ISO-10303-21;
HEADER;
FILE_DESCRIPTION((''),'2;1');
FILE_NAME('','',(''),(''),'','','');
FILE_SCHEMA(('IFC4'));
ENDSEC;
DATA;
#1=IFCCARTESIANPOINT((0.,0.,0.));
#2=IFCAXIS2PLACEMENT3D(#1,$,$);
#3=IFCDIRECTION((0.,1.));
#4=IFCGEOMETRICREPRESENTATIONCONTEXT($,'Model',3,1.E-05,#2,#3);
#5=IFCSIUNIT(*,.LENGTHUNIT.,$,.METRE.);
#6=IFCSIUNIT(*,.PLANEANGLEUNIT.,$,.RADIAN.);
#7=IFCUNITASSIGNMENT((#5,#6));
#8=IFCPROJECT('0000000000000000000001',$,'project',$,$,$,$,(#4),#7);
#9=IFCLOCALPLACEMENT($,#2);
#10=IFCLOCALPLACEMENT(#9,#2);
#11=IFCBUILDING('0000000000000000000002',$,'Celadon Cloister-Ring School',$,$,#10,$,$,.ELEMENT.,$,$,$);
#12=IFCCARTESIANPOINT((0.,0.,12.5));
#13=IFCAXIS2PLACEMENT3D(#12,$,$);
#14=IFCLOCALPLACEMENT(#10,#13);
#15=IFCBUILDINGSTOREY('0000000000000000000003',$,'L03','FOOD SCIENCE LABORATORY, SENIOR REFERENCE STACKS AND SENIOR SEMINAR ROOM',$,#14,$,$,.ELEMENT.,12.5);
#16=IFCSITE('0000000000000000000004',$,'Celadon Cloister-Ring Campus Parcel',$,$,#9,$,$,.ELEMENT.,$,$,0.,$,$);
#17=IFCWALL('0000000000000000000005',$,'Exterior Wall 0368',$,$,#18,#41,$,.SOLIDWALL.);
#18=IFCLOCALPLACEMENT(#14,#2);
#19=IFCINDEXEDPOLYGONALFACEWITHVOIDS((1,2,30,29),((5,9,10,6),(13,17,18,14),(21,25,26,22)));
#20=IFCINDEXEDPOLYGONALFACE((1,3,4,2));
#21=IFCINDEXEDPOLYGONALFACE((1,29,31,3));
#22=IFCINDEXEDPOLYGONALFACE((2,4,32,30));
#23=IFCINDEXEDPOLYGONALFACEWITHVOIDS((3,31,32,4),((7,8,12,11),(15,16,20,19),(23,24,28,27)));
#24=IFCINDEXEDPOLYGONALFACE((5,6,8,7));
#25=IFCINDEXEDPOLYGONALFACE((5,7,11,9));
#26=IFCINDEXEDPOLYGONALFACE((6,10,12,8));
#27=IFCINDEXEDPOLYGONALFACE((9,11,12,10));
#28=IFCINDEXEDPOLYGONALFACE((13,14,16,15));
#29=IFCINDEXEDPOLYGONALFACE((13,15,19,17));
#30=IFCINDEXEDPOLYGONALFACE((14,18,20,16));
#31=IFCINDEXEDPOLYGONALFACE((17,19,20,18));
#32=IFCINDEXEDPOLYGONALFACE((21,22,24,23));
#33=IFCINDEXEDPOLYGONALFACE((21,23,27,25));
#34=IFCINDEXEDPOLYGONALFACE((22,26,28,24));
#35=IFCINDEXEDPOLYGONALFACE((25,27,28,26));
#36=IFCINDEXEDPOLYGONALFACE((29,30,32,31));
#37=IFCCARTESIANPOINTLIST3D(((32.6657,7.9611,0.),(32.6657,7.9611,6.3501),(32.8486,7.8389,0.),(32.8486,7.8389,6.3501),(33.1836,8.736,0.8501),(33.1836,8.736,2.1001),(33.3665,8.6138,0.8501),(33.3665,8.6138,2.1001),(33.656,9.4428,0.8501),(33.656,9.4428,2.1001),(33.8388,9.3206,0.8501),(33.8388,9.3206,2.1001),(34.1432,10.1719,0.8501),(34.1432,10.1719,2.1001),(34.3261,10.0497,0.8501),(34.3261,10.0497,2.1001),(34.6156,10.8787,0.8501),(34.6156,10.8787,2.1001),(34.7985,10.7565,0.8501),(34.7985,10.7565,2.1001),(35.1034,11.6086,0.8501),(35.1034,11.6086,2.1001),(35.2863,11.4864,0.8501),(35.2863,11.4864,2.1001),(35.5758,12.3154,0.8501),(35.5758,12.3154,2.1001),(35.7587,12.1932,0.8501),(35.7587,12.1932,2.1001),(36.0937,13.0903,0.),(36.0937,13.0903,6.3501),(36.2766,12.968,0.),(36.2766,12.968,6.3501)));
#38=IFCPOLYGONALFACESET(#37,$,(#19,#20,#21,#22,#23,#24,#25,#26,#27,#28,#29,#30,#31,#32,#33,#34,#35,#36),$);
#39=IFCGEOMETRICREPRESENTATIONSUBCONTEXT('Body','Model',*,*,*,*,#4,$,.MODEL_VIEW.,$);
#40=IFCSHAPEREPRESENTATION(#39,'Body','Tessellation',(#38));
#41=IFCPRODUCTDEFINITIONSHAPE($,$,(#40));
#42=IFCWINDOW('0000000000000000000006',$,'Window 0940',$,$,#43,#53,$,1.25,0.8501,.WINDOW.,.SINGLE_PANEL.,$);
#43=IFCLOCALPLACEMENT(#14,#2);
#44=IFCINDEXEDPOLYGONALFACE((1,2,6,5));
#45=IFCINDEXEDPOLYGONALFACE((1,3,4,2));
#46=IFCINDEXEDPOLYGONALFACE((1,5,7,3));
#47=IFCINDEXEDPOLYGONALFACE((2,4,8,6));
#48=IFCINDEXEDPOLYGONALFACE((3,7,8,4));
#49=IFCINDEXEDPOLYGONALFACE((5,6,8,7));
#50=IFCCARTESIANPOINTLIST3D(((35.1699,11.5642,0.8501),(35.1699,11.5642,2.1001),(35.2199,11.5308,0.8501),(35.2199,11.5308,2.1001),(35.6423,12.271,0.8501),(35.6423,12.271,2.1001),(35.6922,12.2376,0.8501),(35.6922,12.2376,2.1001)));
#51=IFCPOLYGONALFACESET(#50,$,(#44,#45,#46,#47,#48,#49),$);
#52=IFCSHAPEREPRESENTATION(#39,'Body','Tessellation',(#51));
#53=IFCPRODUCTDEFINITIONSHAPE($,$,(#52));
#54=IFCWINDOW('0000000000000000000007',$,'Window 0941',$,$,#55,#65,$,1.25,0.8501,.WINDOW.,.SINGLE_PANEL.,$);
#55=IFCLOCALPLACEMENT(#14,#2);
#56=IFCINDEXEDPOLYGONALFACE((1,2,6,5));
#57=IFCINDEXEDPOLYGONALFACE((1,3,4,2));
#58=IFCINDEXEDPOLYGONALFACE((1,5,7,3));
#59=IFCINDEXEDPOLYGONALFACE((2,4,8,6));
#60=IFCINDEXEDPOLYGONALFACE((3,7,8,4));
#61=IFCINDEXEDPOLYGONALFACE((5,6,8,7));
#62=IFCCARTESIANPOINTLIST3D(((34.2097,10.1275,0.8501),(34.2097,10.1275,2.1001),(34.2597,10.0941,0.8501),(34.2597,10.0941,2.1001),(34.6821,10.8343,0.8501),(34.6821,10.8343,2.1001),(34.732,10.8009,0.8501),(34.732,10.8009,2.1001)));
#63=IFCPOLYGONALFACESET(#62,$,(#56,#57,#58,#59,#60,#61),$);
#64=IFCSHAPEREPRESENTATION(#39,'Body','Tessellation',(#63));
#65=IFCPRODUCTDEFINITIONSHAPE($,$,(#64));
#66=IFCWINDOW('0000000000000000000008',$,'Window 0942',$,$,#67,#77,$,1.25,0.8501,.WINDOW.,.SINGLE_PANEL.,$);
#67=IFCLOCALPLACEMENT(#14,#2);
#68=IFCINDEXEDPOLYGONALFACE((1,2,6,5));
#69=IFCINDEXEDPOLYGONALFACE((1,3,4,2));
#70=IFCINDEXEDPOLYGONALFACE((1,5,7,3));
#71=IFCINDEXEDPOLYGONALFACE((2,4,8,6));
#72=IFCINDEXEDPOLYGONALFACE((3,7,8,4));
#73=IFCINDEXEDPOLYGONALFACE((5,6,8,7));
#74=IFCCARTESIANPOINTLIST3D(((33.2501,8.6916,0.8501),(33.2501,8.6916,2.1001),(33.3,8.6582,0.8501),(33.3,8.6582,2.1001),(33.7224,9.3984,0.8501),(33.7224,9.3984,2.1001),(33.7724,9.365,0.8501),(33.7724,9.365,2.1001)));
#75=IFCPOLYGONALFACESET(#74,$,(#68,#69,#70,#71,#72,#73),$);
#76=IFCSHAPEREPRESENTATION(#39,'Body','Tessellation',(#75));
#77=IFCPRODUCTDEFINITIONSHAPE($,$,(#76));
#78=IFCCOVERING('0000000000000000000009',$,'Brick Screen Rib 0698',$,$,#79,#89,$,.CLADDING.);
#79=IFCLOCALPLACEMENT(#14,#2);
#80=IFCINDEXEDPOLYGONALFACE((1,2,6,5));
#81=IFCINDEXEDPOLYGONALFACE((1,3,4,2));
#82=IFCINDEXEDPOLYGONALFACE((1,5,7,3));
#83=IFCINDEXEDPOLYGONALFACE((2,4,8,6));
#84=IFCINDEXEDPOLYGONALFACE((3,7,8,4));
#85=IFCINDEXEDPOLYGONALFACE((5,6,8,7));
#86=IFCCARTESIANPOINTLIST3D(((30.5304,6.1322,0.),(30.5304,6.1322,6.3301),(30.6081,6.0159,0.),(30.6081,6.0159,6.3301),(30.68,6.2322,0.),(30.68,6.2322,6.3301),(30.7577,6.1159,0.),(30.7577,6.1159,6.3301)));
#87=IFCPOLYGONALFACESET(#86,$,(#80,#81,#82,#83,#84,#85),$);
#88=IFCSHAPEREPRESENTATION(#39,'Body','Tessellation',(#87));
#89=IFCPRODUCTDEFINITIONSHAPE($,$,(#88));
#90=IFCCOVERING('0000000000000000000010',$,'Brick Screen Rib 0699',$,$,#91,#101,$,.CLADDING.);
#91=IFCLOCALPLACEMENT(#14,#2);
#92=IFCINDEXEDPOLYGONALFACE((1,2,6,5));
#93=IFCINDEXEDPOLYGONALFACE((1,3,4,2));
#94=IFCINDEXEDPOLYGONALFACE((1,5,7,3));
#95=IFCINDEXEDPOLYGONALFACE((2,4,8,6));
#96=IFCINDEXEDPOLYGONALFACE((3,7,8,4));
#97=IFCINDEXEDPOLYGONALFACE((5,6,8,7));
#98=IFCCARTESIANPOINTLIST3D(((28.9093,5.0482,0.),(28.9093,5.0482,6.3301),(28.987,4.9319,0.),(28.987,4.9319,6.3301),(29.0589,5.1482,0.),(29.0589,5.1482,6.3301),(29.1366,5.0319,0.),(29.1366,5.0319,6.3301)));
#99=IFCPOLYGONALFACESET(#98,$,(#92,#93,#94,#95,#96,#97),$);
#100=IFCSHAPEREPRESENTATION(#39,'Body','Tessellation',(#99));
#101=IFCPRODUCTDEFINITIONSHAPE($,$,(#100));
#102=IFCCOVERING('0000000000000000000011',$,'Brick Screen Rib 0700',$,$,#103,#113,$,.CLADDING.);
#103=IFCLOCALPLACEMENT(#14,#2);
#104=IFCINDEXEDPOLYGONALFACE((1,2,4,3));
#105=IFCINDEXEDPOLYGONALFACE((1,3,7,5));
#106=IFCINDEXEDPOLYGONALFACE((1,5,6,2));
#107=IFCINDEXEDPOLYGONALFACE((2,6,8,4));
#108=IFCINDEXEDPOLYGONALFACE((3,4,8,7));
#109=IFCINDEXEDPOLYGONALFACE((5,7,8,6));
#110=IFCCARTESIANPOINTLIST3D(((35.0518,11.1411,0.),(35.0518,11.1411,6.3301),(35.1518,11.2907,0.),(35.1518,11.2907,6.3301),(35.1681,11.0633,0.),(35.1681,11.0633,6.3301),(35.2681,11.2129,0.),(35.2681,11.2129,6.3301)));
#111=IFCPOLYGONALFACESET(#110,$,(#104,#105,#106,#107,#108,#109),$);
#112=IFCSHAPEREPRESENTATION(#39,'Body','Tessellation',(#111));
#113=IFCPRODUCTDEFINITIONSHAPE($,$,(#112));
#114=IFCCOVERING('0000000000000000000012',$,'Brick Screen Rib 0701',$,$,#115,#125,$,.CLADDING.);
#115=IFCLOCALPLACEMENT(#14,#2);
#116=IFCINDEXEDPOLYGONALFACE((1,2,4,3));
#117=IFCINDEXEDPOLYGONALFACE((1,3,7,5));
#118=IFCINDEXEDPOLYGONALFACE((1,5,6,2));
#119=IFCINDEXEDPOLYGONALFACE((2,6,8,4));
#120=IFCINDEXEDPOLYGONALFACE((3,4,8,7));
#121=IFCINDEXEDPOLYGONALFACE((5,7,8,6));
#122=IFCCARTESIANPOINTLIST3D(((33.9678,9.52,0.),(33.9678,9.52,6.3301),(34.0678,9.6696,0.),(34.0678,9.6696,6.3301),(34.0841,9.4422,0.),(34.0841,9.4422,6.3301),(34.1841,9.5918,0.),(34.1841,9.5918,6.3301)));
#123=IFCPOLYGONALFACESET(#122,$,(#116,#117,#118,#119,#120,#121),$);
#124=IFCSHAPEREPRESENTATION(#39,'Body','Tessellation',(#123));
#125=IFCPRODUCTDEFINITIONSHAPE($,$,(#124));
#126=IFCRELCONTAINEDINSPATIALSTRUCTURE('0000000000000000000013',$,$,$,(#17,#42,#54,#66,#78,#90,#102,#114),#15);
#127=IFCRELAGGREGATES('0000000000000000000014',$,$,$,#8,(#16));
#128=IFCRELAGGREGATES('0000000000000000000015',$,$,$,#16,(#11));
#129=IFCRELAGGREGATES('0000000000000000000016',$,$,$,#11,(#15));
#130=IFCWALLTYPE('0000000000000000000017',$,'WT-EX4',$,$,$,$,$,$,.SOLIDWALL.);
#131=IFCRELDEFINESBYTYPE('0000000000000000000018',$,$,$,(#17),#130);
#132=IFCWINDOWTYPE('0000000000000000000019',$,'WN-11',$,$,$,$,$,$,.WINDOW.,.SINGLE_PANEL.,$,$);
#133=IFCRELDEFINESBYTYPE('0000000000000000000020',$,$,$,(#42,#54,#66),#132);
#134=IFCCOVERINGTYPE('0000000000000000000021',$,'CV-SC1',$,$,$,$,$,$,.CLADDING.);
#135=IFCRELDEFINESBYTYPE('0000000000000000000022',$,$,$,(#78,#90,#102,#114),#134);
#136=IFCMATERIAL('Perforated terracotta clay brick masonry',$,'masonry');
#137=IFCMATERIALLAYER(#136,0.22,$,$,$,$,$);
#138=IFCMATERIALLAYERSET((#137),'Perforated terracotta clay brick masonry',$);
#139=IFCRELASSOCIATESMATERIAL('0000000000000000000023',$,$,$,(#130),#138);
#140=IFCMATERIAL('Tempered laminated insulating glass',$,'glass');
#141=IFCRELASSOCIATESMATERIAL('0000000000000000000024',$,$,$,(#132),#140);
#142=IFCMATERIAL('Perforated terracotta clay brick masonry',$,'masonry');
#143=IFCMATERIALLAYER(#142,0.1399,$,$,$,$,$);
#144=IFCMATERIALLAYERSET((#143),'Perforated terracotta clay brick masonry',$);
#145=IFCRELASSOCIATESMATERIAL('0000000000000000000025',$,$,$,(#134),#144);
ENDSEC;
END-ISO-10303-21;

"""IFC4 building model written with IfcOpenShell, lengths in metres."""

from ifc_helpers import new_model, si_unit, direction, frame, frame_2d, origin, origin_2d, place, context, subcontext, project, spatial, rectangle, extrude, material, layer, layer_set, type_object, element, fill, save


model = new_model("IFC4")

# Units and contexts
model_context = context("Model", 3, precision=1e-05, world=origin(), true_north=direction((0.0, 1.0)))
body_context = subcontext(model_context, "Body", "Model", "MODEL_VIEW")
ifc_project = project(units=[si_unit("LENGTHUNIT", "METRE"), si_unit("PLANEANGLEUNIT", "RADIAN")], contexts=[model_context])

# Site, building, storey
site_placement = place(None, origin())
site = spatial("IfcSite", under=ifc_project, at=site_placement, Name="Celadon Cloister-Ring Campus Parcel", CompositionType="ELEMENT", RefElevation=0.0)
building_placement = place(site_placement, origin())
building = spatial("IfcBuilding", under=site, at=building_placement, Name="Celadon Cloister-Ring School", CompositionType="ELEMENT")
storey_placement = place(building_placement, frame((0.0, 0.0, 12.5)))
storey = spatial("IfcBuildingStorey", under=building, at=storey_placement, Name="L03", Description="FOOD SCIENCE LABORATORY, SENIOR REFERENCE STACKS AND SENIOR SEMINAR ROOM", CompositionType="ELEMENT", Elevation=12.5)

# Wall, openings, windows
ifc_material_1 = material(Name="Perforated terracotta clay brick masonry", Category="masonry")
ifc_layer_1 = layer(ifc_material_1, 0.22)
ifc_layer_set_1 = layer_set([ifc_layer_1], Name="Perforated terracotta clay brick masonry")
wall_type = type_object("IfcWallType", Name="WT-EX4", PredefinedType="SOLIDWALL", material=ifc_layer_set_1)
ifc_material_2 = material(Name="Tempered laminated insulating glass", Category="glass")
window_type = type_object("IfcWindowType", Name="WN-11", PartitioningType="SINGLE_PANEL", PredefinedType="WINDOW", material=ifc_material_2)
wall_1_placement = place(storey_placement, frame((36.1851, 13.0291, 0.0), z_axis=(0.0, 0.0, 1.0), x_axis=(-0.555659, -0.83141, 0.0)))
wall_1 = element("IfcWall", 1, at=wall_1_placement, inside=storey, type_object=wall_type, Name="Exterior Wall 0368", PredefinedType="SOLIDWALL", context=body_context, shape_type="SweptSolid", body=[
    extrude(rectangle(XDim=6.1692, YDim=0.22, at=frame_2d((3.0845, 0.0))), origin(), (0.0, 0.0, 1.0), 6.3501),
])
opening_1_placement = place(wall_1_placement, frame((0.9319, 0.0, 0.8501)))
opening_1 = element("IfcOpeningElement", 2, at=opening_1_placement, cuts=wall_1, PredefinedType="OPENING", context=body_context, shape_type="SweptSolid", body=[
    extrude(rectangle(XDim=0.8501, YDim=1.25, at=frame_2d((0.425, 0.625))), frame((0.0, 0.1201, 0.0), z_axis=(0.0, -1.0, 0.0), x_axis=(1.0, 0.0, 0.0)), (0.0, 0.0, 1.0), 0.24),
])
opening_2_placement = place(wall_1_placement, frame((2.6599, 0.0, 0.8501)))
opening_2 = element("IfcOpeningElement", 3, at=opening_2_placement, cuts=wall_1, PredefinedType="OPENING", context=body_context, shape_type="SweptSolid", body=[
    extrude(rectangle(XDim=0.8501, YDim=1.25, at=frame_2d((0.425, 0.625))), frame((0.0, 0.1201, 0.0), z_axis=(0.0, -1.0, 0.0), x_axis=(1.0, 0.0, 0.0)), (0.0, 0.0, 1.0), 0.24),
])
opening_3_placement = place(wall_1_placement, frame((4.387, 0.0, 0.8501)))
opening_3 = element("IfcOpeningElement", 4, at=opening_3_placement, cuts=wall_1, PredefinedType="OPENING", context=body_context, shape_type="SweptSolid", body=[
    extrude(rectangle(XDim=0.8501, YDim=1.25, at=frame_2d((0.425, 0.625))), frame((0.0, 0.1201, 0.0), z_axis=(0.0, -1.0, 0.0), x_axis=(1.0, 0.0, 0.0)), (0.0, 0.0, 1.0), 0.24),
])
window_1_placement = place(opening_1_placement, origin())
window_1 = element("IfcWindow", 5, at=window_1_placement, inside=storey, type_object=window_type, Name="Window 0940", OverallHeight=1.25, OverallWidth=0.8501, PartitioningType="SINGLE_PANEL", PredefinedType="WINDOW", context=body_context, shape_type="SweptSolid", body=[
    extrude(rectangle(XDim=0.8501, YDim=1.25, at=frame_2d((0.425, 0.625))), frame((0.0, 0.03, 0.0), z_axis=(0.0, -1.0, 0.0), x_axis=(1.0, 0.0, 0.0)), (0.0, 0.0, 1.0), 0.0601),
])
fill(opening_1, window_1)
window_2_placement = place(opening_2_placement, origin())
window_2 = element("IfcWindow", 6, at=window_2_placement, inside=storey, type_object=window_type, Name="Window 0941", OverallHeight=1.25, OverallWidth=0.8501, PartitioningType="SINGLE_PANEL", PredefinedType="WINDOW", context=body_context, shape_type="SweptSolid", body=[
    extrude(rectangle(XDim=0.8501, YDim=1.25, at=frame_2d((0.425, 0.625))), frame((0.0, 0.03, 0.0), z_axis=(0.0, -1.0, 0.0), x_axis=(1.0, 0.0, 0.0)), (0.0, 0.0, 1.0), 0.0601),
])
fill(opening_2, window_2)
window_3_placement = place(opening_3_placement, origin())
window_3 = element("IfcWindow", 7, at=window_3_placement, inside=storey, type_object=window_type, Name="Window 0942", OverallHeight=1.25, OverallWidth=0.8501, PartitioningType="SINGLE_PANEL", PredefinedType="WINDOW", context=body_context, shape_type="SweptSolid", body=[
    extrude(rectangle(XDim=0.8501, YDim=1.25, at=frame_2d((0.425, 0.625))), frame((0.0, 0.03, 0.0), z_axis=(0.0, -1.0, 0.0), x_axis=(1.0, 0.0, 0.0)), (0.0, 0.0, 1.0), 0.0601),
])
fill(opening_3, window_3)

# Coverings
ifc_material_3 = material(Name="Perforated terracotta clay brick masonry", Category="masonry")
ifc_layer_2 = layer(ifc_material_3, 0.1399)
ifc_layer_set_2 = layer_set([ifc_layer_2], Name="Perforated terracotta clay brick masonry")
covering_type = type_object("IfcCoveringType", Name="CV-SC1", PredefinedType="CLADDING", material=ifc_layer_set_2)
for number, where, z_axis, x_axis, name in (
    (8, (30.644, 6.124, 0.0), (0.0, 0.0, 1.0), (-0.831402, -0.555672, 0.0), "Brick Screen Rib 0698"),
    (9, (29.0229, 5.04, 0.0), (0.0, 0.0, 1.0), (-0.831402, -0.555672, 0.0), "Brick Screen Rib 0699"),
    (10, (35.1599, 11.177, 0.0), (0.0, 0.0, 1.0), (-0.555672, -0.831402, 0.0), "Brick Screen Rib 0700"),
    (11, (34.0759, 9.5559, 0.0), (0.0, 0.0, 1.0), (-0.555672, -0.831402, 0.0), "Brick Screen Rib 0701"),
):
    element("IfcCovering", number, at=place(storey_placement, frame(where, z_axis=z_axis, x_axis=x_axis)), inside=storey, type_object=covering_type, Name=name, PredefinedType="CLADDING", context=body_context, shape_type="SweptSolid", body=[
        extrude(rectangle(XDim=0.1799, YDim=0.1399, at=origin_2d()), origin(), (0.0, 0.0, 1.0), 6.3301),
    ])

save(model, "model.ifc")
